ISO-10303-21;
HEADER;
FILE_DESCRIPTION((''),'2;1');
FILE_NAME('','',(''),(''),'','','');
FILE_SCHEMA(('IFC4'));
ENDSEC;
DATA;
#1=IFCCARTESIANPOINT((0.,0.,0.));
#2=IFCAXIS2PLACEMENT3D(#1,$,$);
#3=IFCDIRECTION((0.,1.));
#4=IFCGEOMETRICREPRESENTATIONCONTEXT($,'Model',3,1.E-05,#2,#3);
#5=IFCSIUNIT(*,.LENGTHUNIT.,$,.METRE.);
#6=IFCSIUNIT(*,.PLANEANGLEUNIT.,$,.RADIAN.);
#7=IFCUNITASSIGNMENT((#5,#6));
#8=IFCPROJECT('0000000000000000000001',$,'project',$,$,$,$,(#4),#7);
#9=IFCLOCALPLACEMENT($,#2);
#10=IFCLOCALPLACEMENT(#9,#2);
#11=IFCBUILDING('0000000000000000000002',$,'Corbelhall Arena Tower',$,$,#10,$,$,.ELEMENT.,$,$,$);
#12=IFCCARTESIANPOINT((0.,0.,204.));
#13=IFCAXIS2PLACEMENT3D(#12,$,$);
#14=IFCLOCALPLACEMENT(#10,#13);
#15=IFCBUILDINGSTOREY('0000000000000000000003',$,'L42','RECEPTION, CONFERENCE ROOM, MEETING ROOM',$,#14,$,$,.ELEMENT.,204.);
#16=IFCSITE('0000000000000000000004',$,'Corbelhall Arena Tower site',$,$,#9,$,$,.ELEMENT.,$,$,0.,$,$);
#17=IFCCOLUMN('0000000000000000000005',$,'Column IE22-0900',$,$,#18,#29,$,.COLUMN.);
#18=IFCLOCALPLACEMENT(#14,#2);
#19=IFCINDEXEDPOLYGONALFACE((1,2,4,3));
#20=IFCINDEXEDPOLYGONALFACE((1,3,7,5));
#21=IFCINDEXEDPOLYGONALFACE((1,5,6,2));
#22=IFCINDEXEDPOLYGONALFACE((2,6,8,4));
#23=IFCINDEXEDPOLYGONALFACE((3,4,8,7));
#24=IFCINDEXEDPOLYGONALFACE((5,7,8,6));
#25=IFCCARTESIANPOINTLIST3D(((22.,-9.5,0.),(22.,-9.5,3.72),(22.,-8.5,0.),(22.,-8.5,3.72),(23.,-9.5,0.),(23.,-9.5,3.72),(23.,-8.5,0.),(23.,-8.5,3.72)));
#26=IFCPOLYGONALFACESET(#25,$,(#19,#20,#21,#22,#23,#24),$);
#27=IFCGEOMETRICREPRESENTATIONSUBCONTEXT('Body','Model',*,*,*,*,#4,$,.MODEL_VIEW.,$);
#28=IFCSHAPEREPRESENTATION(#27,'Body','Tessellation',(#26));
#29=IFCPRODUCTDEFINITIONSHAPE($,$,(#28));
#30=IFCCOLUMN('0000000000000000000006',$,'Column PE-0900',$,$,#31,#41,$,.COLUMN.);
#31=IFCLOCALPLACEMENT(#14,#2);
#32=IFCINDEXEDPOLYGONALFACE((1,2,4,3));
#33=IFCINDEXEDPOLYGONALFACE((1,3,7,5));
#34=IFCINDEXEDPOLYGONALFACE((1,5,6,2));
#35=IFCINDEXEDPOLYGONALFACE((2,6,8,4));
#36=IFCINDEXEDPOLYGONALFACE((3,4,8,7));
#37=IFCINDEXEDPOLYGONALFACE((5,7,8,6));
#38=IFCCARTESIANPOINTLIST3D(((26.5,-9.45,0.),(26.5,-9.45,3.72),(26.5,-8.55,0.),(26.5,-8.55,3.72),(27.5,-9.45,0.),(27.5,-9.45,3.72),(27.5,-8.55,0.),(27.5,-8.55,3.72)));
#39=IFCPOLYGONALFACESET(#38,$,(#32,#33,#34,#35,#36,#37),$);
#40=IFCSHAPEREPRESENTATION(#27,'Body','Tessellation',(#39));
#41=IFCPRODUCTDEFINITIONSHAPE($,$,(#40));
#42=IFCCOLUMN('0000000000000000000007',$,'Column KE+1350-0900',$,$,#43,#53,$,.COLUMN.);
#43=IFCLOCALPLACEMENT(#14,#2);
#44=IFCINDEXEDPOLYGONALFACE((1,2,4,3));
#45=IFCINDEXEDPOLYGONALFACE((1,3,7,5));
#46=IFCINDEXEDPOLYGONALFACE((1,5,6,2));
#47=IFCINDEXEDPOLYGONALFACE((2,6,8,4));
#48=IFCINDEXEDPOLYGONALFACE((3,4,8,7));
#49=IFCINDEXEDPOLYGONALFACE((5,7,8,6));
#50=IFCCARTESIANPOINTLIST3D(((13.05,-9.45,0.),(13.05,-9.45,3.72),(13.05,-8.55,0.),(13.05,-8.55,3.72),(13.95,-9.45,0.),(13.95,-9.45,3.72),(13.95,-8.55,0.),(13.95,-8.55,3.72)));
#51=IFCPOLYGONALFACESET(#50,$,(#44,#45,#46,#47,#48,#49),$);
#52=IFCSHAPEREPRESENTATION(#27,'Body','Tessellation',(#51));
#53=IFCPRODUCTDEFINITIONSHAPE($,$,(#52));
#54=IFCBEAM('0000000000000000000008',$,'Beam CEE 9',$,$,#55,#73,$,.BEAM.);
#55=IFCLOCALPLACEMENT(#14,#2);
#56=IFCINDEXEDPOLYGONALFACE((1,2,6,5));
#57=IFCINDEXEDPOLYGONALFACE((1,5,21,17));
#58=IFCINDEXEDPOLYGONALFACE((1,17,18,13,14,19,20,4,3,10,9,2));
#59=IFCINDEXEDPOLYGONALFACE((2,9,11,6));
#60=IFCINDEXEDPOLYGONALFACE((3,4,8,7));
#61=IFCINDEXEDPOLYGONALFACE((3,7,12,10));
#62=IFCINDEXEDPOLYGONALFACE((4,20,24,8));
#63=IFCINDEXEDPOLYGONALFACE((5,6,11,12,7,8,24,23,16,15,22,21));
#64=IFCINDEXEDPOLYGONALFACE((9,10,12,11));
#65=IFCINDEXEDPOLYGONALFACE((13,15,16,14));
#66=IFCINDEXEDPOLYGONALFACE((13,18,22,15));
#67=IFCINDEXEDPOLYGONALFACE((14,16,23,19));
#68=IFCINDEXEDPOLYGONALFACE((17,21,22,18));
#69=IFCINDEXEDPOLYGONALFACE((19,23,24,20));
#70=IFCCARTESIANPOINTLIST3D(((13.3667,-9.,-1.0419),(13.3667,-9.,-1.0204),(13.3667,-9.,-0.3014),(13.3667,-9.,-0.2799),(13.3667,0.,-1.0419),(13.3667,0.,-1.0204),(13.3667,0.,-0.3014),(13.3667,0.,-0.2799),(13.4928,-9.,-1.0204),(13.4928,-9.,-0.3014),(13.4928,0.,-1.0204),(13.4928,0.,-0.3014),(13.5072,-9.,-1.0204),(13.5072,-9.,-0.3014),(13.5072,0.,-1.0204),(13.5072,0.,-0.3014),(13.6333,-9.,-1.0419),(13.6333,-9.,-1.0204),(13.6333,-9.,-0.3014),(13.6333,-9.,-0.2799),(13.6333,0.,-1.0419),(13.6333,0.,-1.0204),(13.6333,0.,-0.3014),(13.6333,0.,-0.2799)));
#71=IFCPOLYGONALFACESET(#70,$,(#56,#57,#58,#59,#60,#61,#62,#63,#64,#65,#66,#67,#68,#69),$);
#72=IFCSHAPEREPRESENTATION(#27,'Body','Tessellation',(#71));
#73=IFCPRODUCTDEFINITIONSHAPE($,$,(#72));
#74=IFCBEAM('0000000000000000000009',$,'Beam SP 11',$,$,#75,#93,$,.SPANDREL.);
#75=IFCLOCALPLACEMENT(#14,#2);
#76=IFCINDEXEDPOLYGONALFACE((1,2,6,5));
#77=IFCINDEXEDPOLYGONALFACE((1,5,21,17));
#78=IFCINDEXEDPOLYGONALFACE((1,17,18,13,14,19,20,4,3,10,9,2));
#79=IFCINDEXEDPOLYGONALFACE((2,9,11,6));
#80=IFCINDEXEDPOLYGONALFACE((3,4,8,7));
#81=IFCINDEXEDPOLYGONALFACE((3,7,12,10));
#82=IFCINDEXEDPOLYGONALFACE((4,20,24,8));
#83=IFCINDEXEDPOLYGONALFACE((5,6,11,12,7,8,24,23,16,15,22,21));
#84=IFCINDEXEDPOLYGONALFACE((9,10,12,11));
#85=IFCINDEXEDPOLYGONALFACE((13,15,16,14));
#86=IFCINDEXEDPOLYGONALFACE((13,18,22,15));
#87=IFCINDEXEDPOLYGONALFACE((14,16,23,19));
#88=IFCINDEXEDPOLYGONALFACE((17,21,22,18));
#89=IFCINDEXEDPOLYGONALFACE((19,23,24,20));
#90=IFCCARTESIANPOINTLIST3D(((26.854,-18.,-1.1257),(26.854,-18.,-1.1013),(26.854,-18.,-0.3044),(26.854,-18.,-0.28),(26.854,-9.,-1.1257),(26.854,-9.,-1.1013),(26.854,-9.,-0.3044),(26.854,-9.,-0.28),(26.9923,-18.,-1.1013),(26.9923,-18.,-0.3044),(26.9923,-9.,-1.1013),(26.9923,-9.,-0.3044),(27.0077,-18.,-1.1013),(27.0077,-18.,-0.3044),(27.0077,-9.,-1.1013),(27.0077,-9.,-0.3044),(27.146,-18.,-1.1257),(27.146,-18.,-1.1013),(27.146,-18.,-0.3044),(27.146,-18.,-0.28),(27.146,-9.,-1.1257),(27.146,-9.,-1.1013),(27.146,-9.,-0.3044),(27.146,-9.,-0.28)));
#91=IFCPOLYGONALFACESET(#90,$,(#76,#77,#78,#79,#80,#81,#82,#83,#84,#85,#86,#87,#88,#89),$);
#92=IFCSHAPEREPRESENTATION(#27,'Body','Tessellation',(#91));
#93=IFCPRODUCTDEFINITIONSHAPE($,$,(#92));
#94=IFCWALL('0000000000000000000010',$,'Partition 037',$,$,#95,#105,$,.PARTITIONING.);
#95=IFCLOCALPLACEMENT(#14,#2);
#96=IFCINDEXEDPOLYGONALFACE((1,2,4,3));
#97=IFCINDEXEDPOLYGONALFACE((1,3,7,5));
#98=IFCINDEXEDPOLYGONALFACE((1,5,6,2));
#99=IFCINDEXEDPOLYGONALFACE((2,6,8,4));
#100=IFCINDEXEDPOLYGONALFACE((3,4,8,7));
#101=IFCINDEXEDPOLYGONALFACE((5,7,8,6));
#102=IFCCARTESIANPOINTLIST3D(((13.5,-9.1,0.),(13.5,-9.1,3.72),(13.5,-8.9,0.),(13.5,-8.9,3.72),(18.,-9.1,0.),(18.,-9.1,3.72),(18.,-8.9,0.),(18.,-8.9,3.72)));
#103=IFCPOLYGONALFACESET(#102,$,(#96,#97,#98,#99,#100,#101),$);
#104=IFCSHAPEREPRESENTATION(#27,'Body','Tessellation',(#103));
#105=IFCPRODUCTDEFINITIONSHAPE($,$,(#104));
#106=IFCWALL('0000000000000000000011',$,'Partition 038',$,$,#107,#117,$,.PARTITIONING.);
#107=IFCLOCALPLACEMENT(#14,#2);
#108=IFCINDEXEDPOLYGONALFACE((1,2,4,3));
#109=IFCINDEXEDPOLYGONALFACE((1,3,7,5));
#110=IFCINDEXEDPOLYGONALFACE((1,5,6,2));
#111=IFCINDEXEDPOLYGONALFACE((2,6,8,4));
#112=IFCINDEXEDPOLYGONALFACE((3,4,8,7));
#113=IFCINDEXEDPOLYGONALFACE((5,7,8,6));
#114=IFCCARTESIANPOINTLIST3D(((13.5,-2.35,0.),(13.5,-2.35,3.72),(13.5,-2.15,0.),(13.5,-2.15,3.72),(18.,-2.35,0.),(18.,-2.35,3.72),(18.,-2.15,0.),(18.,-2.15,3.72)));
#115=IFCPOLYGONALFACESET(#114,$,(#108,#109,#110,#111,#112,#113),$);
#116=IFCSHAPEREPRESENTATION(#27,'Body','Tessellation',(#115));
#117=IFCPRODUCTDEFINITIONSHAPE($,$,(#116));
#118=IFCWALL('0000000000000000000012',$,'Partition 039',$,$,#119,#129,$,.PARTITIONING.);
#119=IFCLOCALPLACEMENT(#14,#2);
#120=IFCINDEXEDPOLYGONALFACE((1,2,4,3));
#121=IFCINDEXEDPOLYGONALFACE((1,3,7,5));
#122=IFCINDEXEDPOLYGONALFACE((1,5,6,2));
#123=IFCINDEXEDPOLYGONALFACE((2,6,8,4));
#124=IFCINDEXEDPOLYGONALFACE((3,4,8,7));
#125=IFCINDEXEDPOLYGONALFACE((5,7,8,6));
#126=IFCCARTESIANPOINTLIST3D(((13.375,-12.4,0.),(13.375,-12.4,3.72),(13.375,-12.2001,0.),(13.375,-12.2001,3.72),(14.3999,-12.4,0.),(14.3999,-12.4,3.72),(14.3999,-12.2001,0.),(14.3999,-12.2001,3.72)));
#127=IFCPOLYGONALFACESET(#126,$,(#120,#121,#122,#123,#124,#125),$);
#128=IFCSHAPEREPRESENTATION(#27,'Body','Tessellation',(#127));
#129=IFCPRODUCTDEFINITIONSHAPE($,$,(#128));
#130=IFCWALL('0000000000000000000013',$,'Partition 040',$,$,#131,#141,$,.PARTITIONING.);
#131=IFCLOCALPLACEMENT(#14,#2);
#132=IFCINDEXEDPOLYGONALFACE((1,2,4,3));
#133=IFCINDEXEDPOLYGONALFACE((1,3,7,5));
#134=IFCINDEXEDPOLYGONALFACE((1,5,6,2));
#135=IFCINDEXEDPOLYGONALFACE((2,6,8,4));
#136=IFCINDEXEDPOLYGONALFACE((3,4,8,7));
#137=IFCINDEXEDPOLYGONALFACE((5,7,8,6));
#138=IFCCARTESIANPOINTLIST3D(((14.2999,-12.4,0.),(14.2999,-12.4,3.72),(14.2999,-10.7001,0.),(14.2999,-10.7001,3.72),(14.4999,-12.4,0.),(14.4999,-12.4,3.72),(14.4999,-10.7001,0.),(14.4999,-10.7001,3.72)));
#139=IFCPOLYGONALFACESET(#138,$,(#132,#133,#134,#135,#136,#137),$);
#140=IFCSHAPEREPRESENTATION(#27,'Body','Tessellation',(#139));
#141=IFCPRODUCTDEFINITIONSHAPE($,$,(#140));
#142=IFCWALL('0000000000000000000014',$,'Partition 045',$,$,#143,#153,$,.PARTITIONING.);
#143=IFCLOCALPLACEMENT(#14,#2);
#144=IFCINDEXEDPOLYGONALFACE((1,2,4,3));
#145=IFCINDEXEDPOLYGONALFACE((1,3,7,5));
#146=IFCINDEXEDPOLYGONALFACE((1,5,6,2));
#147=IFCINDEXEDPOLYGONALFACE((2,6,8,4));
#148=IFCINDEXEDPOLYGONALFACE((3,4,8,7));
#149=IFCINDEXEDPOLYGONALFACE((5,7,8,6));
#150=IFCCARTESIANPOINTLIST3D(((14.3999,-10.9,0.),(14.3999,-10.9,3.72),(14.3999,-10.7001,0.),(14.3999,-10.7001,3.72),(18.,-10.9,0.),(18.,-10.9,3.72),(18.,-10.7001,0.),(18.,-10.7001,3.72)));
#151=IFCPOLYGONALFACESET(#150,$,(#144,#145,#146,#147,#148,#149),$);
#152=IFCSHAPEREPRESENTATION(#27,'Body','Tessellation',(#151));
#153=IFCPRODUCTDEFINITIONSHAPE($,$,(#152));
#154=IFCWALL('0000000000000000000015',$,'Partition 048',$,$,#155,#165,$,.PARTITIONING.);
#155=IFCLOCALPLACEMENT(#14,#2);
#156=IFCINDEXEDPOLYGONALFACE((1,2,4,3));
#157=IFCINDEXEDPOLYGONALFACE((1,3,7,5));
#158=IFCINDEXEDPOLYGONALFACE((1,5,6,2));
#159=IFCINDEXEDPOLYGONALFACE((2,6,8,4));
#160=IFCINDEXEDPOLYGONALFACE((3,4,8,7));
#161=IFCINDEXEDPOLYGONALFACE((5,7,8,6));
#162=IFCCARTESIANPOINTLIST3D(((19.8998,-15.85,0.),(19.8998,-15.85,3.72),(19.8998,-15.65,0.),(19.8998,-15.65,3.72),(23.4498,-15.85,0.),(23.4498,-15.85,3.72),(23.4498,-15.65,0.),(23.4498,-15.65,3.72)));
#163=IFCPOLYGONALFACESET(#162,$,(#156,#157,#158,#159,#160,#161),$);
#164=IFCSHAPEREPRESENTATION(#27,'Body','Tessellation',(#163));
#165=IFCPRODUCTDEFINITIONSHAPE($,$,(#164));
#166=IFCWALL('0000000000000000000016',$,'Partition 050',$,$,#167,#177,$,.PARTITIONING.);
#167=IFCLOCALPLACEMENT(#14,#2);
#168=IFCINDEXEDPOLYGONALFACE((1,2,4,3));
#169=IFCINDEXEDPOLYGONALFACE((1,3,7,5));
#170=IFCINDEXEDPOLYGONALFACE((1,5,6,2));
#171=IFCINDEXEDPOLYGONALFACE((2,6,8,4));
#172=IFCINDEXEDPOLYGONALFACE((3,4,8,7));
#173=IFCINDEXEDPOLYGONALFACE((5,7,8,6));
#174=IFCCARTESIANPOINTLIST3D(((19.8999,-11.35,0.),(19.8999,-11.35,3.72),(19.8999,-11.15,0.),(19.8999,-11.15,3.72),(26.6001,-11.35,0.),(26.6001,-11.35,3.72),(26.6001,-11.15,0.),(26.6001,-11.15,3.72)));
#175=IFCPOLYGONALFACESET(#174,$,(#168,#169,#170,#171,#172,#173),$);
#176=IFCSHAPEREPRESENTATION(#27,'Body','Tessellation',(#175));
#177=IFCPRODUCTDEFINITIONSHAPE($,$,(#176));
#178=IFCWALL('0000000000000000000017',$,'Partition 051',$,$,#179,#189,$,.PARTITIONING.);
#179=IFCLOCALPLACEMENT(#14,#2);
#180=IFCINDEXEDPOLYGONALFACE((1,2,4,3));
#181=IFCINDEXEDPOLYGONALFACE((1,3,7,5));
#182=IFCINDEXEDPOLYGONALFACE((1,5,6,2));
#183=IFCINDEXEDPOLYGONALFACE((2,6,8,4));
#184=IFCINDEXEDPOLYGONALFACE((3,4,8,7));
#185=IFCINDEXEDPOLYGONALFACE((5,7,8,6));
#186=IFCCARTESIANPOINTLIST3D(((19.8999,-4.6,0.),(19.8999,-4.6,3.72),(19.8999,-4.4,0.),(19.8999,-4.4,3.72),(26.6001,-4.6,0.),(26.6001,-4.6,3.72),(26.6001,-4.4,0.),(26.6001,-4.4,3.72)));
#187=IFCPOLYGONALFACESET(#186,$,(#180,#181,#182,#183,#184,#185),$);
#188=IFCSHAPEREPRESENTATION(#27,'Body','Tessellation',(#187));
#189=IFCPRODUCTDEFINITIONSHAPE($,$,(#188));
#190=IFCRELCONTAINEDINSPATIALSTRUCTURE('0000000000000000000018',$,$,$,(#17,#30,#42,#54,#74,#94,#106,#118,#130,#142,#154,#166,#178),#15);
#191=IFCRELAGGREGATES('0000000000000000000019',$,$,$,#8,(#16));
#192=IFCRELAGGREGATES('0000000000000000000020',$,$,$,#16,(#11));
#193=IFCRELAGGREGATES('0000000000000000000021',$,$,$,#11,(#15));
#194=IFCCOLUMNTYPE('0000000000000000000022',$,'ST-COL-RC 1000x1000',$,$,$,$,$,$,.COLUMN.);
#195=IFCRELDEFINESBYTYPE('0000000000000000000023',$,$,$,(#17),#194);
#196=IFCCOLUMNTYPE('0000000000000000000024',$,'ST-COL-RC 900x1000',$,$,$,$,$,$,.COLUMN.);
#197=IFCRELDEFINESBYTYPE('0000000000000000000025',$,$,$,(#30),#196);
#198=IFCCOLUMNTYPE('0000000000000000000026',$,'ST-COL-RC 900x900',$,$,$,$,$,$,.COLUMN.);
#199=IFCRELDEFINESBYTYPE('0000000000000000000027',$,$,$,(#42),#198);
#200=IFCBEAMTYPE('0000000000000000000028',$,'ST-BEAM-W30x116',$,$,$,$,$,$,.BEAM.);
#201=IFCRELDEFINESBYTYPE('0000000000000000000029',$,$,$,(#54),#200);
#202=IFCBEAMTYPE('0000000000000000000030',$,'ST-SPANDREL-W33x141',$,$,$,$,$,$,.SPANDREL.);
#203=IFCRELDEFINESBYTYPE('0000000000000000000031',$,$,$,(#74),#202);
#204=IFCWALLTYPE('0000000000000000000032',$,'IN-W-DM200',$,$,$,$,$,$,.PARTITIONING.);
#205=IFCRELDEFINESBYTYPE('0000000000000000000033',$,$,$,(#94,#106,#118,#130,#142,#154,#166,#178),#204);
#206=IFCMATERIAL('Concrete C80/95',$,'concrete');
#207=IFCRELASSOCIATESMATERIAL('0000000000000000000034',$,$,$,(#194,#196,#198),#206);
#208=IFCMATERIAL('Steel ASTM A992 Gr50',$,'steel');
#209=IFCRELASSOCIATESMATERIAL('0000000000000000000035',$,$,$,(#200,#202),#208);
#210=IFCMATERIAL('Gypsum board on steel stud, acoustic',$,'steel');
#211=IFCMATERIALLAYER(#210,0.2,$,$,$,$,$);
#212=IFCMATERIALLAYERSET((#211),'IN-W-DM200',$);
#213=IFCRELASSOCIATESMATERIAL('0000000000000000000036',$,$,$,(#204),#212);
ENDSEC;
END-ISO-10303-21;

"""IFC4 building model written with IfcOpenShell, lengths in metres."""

from ifc_helpers import new_model, si_unit, direction, frame, frame_2d, origin, origin_2d, place, context, subcontext, project, spatial, rectangle, i_section, extrude, material, layer, layer_set, material_profile, profile_set, type_object, element, save


model = new_model("IFC4")

# Units and contexts
model_context = context("Model", 3, precision=1e-05, world=origin(), true_north=direction((0.0, 1.0)))
body_context = subcontext(model_context, "Body", "Model", "MODEL_VIEW")
ifc_project = project(units=[si_unit("LENGTHUNIT", "METRE"), si_unit("PLANEANGLEUNIT", "RADIAN")], contexts=[model_context])

# Site, building, storey
site_placement = place(None, origin())
site = spatial("IfcSite", under=ifc_project, at=site_placement, Name="Corbelhall Arena Tower site", CompositionType="ELEMENT", RefElevation=0.0)
building_placement = place(site_placement, origin())
building = spatial("IfcBuilding", under=site, at=building_placement, Name="Corbelhall Arena Tower", CompositionType="ELEMENT")
storey_placement = place(building_placement, frame((0.0, 0.0, 204.0)))
storey = spatial("IfcBuildingStorey", under=building, at=storey_placement, Name="L42", Description="RECEPTION, CONFERENCE ROOM, MEETING ROOM", CompositionType="ELEMENT", Elevation=204.0)

# Columns
ifc_material_1 = material(Name="Concrete C80/95", Category="concrete")
ifc_material_profile_1 = material_profile(ifc_material_1, rectangle(XDim=1.0, YDim=1.0, at=origin_2d()))
ifc_profile_set_1 = profile_set([ifc_material_profile_1], Name="Concrete C80/95")
column_type_1 = type_object("IfcColumnType", Name="ST-COL-RC 1000x1000", PredefinedType="COLUMN", material=ifc_profile_set_1)
column_1_placement = place(storey_placement, frame((22.5, -9.0, 0.0), z_axis=(0.0, 0.0, 1.0), x_axis=(1.0, 0.0, 0.0)))
element("IfcColumn", 1, at=column_1_placement, inside=storey, type_object=column_type_1, Name="Column IE22-0900", PredefinedType="COLUMN", context=body_context, shape_type="SweptSolid", body=[
    extrude(rectangle(XDim=1.0, YDim=1.0, at=origin_2d()), origin(), (0.0, 0.0, 1.0), 3.72),
])
ifc_material_profile_2 = material_profile(ifc_material_1, rectangle(XDim=0.8999, YDim=1.0, at=origin_2d()))
ifc_profile_set_2 = profile_set([ifc_material_profile_2], Name="Concrete C80/95")
column_type_2 = type_object("IfcColumnType", Name="ST-COL-RC 900x1000", PredefinedType="COLUMN", material=ifc_profile_set_2)
column_2_placement = place(storey_placement, frame((27.0, -9.0, 0.0), z_axis=(0.0, 0.0, 1.0), x_axis=(0.0, 1.0, 0.0)))
element("IfcColumn", 2, at=column_2_placement, inside=storey, type_object=column_type_2, Name="Column PE-0900", PredefinedType="COLUMN", context=body_context, shape_type="SweptSolid", body=[
    extrude(rectangle(XDim=0.8999, YDim=1.0, at=origin_2d()), origin(), (0.0, 0.0, 1.0), 3.72),
])
ifc_material_profile_3 = material_profile(ifc_material_1, rectangle(XDim=0.8999, YDim=0.8999, at=origin_2d()))
ifc_profile_set_3 = profile_set([ifc_material_profile_3], Name="Concrete C80/95")
column_type_3 = type_object("IfcColumnType", Name="ST-COL-RC 900x900", PredefinedType="COLUMN", material=ifc_profile_set_3)
column_3_placement = place(storey_placement, frame((13.5, -9.0, 0.0), z_axis=(0.0, 0.0, 1.0), x_axis=(1.0, 0.0, 0.0)))
element("IfcColumn", 3, at=column_3_placement, inside=storey, type_object=column_type_3, Name="Column KE+1350-0900", PredefinedType="COLUMN", context=body_context, shape_type="SweptSolid", body=[
    extrude(rectangle(XDim=0.8999, YDim=0.8999, at=origin_2d()), origin(), (0.0, 0.0, 1.0), 3.72),
])

# Beams
ifc_material_2 = material(Name="Steel ASTM A992 Gr50", Category="steel")
ifc_material_profile_4 = material_profile(ifc_material_2, i_section(OverallWidth=0.2666, OverallDepth=0.762, WebThickness=0.0144, FlangeThickness=0.0215, at=origin_2d()))
ifc_profile_set_4 = profile_set([ifc_material_profile_4], Name="Steel ASTM A992 Gr50")
beam_type_1 = type_object("IfcBeamType", Name="ST-BEAM-W30x116", PredefinedType="BEAM", material=ifc_profile_set_4)
beam_1_placement = place(storey_placement, frame((13.5, -9.0, -0.6609), z_axis=(0.0, 1.0, 0.0), x_axis=(-1.0, 0.0, 0.0)))
element("IfcBeam", 4, at=beam_1_placement, inside=storey, type_object=beam_type_1, Name="Beam CEE 9", PredefinedType="BEAM", context=body_context, shape_type="SweptSolid", body=[
    extrude(i_section(OverallWidth=0.2666, OverallDepth=0.762, WebThickness=0.0144, FlangeThickness=0.0215, at=origin_2d()), origin(), (0.0, 0.0, 1.0), 9.0),
])
ifc_material_profile_5 = material_profile(ifc_material_2, i_section(OverallWidth=0.292, OverallDepth=0.8457, WebThickness=0.0154, FlangeThickness=0.0244, at=origin_2d()))
ifc_profile_set_5 = profile_set([ifc_material_profile_5], Name="Steel ASTM A992 Gr50")
beam_type_2 = type_object("IfcBeamType", Name="ST-SPANDREL-W33x141", PredefinedType="SPANDREL", material=ifc_profile_set_5)
beam_2_placement = place(storey_placement, frame((27.0, -9.0, -0.7029), z_axis=(0.0, -1.0, 0.0), x_axis=(1.0, 0.0, 0.0)))
element("IfcBeam", 5, at=beam_2_placement, inside=storey, type_object=beam_type_2, Name="Beam SP 11", PredefinedType="SPANDREL", context=body_context, shape_type="SweptSolid", body=[
    extrude(i_section(OverallWidth=0.292, OverallDepth=0.8457, WebThickness=0.0154, FlangeThickness=0.0244, at=origin_2d()), origin(), (0.0, 0.0, 1.0), 9.0),
])

# Walls
ifc_material_3 = material(Name="Gypsum board on steel stud, acoustic", Category="steel")
ifc_layer_1 = layer(ifc_material_3, 0.2)
ifc_layer_set_1 = layer_set([ifc_layer_1], Name="IN-W-DM200")
wall_type_1 = type_object("IfcWallType", Name="IN-W-DM200", PredefinedType="PARTITIONING", material=ifc_layer_set_1)
for number, where, z_axis, x_axis, name in (
    (6, (13.5, -9.0, 0.0), (0.0, 0.0, 1.0), (1.0, 0.0, 0.0), "Partition 037"),
    (7, (13.5, -2.25, 0.0), (0.0, 0.0, 1.0), (1.0, 0.0, 0.0), "Partition 038"),
):
    element("IfcWall", number, at=place(storey_placement, frame(where, z_axis=z_axis, x_axis=x_axis)), inside=storey, type_object=wall_type_1, Name=name, PredefinedType="PARTITIONING", context=body_context, shape_type="SweptSolid", body=[
        extrude(rectangle(XDim=4.5, YDim=0.2, at=frame_2d((2.25, 0.0))), origin(), (0.0, 0.0, 1.0), 3.72),
    ])
wall_1_placement = place(storey_placement, frame((14.3999, -12.3, 0.0), z_axis=(0.0, 0.0, 1.0), x_axis=(-1.0, 0.0, 0.0)))
element("IfcWall", 8, at=wall_1_placement, inside=storey, type_object=wall_type_1, Name="Partition 039", PredefinedType="PARTITIONING", context=body_context, shape_type="SweptSolid", body=[
    extrude(rectangle(XDim=1.0249, YDim=0.2, at=frame_2d((0.5125, 0.0))), origin(), (0.0, 0.0, 1.0), 3.72),
])
wall_2_placement = place(storey_placement, frame((14.3999, -10.7, 0.0), z_axis=(0.0, 0.0, 1.0), x_axis=(0.0, -1.0, 0.0)))
element("IfcWall", 9, at=wall_2_placement, inside=storey, type_object=wall_type_1, Name="Partition 040", PredefinedType="PARTITIONING", context=body_context, shape_type="SweptSolid", body=[
    extrude(rectangle(XDim=1.7, YDim=0.2, at=frame_2d((0.8501, 0.0))), origin(), (0.0, 0.0, 1.0), 3.72),
])
wall_3_placement = place(storey_placement, frame((18.0, -10.8, 0.0), z_axis=(0.0, 0.0, 1.0), x_axis=(-1.0, 0.0, 0.0)))
element("IfcWall", 10, at=wall_3_placement, inside=storey, type_object=wall_type_1, Name="Partition 045", PredefinedType="PARTITIONING", context=body_context, shape_type="SweptSolid", body=[
    extrude(rectangle(XDim=3.6001, YDim=0.2, at=frame_2d((1.8, 0.0))), origin(), (0.0, 0.0, 1.0), 3.72),
])

# Walls
wall_4_placement = place(storey_placement, frame((19.8999, -15.75, 0.0), z_axis=(0.0, 0.0, 1.0), x_axis=(1.0, 0.0, 0.0)))
element("IfcWall", 11, at=wall_4_placement, inside=storey, type_object=wall_type_1, Name="Partition 048", PredefinedType="PARTITIONING", context=body_context, shape_type="SweptSolid", body=[
    extrude(rectangle(XDim=3.55, YDim=0.2, at=frame_2d((1.7749, 0.0))), origin(), (0.0, 0.0, 1.0), 3.72),
])
for number, where, z_axis, x_axis, name in (
    (12, (19.8999, -11.25, 0.0), (0.0, 0.0, 1.0), (1.0, 0.0, 0.0), "Partition 050"),
    (13, (19.8999, -4.5, 0.0), (0.0, 0.0, 1.0), (1.0, 0.0, 0.0), "Partition 051"),
):
    element("IfcWall", number, at=place(storey_placement, frame(where, z_axis=z_axis, x_axis=x_axis)), inside=storey, type_object=wall_type_1, Name=name, PredefinedType="PARTITIONING", context=body_context, shape_type="SweptSolid", body=[
        extrude(rectangle(XDim=6.7002, YDim=0.2, at=frame_2d((3.3501, 0.0))), origin(), (0.0, 0.0, 1.0), 3.72),
    ])

save(model, "model.ifc")
